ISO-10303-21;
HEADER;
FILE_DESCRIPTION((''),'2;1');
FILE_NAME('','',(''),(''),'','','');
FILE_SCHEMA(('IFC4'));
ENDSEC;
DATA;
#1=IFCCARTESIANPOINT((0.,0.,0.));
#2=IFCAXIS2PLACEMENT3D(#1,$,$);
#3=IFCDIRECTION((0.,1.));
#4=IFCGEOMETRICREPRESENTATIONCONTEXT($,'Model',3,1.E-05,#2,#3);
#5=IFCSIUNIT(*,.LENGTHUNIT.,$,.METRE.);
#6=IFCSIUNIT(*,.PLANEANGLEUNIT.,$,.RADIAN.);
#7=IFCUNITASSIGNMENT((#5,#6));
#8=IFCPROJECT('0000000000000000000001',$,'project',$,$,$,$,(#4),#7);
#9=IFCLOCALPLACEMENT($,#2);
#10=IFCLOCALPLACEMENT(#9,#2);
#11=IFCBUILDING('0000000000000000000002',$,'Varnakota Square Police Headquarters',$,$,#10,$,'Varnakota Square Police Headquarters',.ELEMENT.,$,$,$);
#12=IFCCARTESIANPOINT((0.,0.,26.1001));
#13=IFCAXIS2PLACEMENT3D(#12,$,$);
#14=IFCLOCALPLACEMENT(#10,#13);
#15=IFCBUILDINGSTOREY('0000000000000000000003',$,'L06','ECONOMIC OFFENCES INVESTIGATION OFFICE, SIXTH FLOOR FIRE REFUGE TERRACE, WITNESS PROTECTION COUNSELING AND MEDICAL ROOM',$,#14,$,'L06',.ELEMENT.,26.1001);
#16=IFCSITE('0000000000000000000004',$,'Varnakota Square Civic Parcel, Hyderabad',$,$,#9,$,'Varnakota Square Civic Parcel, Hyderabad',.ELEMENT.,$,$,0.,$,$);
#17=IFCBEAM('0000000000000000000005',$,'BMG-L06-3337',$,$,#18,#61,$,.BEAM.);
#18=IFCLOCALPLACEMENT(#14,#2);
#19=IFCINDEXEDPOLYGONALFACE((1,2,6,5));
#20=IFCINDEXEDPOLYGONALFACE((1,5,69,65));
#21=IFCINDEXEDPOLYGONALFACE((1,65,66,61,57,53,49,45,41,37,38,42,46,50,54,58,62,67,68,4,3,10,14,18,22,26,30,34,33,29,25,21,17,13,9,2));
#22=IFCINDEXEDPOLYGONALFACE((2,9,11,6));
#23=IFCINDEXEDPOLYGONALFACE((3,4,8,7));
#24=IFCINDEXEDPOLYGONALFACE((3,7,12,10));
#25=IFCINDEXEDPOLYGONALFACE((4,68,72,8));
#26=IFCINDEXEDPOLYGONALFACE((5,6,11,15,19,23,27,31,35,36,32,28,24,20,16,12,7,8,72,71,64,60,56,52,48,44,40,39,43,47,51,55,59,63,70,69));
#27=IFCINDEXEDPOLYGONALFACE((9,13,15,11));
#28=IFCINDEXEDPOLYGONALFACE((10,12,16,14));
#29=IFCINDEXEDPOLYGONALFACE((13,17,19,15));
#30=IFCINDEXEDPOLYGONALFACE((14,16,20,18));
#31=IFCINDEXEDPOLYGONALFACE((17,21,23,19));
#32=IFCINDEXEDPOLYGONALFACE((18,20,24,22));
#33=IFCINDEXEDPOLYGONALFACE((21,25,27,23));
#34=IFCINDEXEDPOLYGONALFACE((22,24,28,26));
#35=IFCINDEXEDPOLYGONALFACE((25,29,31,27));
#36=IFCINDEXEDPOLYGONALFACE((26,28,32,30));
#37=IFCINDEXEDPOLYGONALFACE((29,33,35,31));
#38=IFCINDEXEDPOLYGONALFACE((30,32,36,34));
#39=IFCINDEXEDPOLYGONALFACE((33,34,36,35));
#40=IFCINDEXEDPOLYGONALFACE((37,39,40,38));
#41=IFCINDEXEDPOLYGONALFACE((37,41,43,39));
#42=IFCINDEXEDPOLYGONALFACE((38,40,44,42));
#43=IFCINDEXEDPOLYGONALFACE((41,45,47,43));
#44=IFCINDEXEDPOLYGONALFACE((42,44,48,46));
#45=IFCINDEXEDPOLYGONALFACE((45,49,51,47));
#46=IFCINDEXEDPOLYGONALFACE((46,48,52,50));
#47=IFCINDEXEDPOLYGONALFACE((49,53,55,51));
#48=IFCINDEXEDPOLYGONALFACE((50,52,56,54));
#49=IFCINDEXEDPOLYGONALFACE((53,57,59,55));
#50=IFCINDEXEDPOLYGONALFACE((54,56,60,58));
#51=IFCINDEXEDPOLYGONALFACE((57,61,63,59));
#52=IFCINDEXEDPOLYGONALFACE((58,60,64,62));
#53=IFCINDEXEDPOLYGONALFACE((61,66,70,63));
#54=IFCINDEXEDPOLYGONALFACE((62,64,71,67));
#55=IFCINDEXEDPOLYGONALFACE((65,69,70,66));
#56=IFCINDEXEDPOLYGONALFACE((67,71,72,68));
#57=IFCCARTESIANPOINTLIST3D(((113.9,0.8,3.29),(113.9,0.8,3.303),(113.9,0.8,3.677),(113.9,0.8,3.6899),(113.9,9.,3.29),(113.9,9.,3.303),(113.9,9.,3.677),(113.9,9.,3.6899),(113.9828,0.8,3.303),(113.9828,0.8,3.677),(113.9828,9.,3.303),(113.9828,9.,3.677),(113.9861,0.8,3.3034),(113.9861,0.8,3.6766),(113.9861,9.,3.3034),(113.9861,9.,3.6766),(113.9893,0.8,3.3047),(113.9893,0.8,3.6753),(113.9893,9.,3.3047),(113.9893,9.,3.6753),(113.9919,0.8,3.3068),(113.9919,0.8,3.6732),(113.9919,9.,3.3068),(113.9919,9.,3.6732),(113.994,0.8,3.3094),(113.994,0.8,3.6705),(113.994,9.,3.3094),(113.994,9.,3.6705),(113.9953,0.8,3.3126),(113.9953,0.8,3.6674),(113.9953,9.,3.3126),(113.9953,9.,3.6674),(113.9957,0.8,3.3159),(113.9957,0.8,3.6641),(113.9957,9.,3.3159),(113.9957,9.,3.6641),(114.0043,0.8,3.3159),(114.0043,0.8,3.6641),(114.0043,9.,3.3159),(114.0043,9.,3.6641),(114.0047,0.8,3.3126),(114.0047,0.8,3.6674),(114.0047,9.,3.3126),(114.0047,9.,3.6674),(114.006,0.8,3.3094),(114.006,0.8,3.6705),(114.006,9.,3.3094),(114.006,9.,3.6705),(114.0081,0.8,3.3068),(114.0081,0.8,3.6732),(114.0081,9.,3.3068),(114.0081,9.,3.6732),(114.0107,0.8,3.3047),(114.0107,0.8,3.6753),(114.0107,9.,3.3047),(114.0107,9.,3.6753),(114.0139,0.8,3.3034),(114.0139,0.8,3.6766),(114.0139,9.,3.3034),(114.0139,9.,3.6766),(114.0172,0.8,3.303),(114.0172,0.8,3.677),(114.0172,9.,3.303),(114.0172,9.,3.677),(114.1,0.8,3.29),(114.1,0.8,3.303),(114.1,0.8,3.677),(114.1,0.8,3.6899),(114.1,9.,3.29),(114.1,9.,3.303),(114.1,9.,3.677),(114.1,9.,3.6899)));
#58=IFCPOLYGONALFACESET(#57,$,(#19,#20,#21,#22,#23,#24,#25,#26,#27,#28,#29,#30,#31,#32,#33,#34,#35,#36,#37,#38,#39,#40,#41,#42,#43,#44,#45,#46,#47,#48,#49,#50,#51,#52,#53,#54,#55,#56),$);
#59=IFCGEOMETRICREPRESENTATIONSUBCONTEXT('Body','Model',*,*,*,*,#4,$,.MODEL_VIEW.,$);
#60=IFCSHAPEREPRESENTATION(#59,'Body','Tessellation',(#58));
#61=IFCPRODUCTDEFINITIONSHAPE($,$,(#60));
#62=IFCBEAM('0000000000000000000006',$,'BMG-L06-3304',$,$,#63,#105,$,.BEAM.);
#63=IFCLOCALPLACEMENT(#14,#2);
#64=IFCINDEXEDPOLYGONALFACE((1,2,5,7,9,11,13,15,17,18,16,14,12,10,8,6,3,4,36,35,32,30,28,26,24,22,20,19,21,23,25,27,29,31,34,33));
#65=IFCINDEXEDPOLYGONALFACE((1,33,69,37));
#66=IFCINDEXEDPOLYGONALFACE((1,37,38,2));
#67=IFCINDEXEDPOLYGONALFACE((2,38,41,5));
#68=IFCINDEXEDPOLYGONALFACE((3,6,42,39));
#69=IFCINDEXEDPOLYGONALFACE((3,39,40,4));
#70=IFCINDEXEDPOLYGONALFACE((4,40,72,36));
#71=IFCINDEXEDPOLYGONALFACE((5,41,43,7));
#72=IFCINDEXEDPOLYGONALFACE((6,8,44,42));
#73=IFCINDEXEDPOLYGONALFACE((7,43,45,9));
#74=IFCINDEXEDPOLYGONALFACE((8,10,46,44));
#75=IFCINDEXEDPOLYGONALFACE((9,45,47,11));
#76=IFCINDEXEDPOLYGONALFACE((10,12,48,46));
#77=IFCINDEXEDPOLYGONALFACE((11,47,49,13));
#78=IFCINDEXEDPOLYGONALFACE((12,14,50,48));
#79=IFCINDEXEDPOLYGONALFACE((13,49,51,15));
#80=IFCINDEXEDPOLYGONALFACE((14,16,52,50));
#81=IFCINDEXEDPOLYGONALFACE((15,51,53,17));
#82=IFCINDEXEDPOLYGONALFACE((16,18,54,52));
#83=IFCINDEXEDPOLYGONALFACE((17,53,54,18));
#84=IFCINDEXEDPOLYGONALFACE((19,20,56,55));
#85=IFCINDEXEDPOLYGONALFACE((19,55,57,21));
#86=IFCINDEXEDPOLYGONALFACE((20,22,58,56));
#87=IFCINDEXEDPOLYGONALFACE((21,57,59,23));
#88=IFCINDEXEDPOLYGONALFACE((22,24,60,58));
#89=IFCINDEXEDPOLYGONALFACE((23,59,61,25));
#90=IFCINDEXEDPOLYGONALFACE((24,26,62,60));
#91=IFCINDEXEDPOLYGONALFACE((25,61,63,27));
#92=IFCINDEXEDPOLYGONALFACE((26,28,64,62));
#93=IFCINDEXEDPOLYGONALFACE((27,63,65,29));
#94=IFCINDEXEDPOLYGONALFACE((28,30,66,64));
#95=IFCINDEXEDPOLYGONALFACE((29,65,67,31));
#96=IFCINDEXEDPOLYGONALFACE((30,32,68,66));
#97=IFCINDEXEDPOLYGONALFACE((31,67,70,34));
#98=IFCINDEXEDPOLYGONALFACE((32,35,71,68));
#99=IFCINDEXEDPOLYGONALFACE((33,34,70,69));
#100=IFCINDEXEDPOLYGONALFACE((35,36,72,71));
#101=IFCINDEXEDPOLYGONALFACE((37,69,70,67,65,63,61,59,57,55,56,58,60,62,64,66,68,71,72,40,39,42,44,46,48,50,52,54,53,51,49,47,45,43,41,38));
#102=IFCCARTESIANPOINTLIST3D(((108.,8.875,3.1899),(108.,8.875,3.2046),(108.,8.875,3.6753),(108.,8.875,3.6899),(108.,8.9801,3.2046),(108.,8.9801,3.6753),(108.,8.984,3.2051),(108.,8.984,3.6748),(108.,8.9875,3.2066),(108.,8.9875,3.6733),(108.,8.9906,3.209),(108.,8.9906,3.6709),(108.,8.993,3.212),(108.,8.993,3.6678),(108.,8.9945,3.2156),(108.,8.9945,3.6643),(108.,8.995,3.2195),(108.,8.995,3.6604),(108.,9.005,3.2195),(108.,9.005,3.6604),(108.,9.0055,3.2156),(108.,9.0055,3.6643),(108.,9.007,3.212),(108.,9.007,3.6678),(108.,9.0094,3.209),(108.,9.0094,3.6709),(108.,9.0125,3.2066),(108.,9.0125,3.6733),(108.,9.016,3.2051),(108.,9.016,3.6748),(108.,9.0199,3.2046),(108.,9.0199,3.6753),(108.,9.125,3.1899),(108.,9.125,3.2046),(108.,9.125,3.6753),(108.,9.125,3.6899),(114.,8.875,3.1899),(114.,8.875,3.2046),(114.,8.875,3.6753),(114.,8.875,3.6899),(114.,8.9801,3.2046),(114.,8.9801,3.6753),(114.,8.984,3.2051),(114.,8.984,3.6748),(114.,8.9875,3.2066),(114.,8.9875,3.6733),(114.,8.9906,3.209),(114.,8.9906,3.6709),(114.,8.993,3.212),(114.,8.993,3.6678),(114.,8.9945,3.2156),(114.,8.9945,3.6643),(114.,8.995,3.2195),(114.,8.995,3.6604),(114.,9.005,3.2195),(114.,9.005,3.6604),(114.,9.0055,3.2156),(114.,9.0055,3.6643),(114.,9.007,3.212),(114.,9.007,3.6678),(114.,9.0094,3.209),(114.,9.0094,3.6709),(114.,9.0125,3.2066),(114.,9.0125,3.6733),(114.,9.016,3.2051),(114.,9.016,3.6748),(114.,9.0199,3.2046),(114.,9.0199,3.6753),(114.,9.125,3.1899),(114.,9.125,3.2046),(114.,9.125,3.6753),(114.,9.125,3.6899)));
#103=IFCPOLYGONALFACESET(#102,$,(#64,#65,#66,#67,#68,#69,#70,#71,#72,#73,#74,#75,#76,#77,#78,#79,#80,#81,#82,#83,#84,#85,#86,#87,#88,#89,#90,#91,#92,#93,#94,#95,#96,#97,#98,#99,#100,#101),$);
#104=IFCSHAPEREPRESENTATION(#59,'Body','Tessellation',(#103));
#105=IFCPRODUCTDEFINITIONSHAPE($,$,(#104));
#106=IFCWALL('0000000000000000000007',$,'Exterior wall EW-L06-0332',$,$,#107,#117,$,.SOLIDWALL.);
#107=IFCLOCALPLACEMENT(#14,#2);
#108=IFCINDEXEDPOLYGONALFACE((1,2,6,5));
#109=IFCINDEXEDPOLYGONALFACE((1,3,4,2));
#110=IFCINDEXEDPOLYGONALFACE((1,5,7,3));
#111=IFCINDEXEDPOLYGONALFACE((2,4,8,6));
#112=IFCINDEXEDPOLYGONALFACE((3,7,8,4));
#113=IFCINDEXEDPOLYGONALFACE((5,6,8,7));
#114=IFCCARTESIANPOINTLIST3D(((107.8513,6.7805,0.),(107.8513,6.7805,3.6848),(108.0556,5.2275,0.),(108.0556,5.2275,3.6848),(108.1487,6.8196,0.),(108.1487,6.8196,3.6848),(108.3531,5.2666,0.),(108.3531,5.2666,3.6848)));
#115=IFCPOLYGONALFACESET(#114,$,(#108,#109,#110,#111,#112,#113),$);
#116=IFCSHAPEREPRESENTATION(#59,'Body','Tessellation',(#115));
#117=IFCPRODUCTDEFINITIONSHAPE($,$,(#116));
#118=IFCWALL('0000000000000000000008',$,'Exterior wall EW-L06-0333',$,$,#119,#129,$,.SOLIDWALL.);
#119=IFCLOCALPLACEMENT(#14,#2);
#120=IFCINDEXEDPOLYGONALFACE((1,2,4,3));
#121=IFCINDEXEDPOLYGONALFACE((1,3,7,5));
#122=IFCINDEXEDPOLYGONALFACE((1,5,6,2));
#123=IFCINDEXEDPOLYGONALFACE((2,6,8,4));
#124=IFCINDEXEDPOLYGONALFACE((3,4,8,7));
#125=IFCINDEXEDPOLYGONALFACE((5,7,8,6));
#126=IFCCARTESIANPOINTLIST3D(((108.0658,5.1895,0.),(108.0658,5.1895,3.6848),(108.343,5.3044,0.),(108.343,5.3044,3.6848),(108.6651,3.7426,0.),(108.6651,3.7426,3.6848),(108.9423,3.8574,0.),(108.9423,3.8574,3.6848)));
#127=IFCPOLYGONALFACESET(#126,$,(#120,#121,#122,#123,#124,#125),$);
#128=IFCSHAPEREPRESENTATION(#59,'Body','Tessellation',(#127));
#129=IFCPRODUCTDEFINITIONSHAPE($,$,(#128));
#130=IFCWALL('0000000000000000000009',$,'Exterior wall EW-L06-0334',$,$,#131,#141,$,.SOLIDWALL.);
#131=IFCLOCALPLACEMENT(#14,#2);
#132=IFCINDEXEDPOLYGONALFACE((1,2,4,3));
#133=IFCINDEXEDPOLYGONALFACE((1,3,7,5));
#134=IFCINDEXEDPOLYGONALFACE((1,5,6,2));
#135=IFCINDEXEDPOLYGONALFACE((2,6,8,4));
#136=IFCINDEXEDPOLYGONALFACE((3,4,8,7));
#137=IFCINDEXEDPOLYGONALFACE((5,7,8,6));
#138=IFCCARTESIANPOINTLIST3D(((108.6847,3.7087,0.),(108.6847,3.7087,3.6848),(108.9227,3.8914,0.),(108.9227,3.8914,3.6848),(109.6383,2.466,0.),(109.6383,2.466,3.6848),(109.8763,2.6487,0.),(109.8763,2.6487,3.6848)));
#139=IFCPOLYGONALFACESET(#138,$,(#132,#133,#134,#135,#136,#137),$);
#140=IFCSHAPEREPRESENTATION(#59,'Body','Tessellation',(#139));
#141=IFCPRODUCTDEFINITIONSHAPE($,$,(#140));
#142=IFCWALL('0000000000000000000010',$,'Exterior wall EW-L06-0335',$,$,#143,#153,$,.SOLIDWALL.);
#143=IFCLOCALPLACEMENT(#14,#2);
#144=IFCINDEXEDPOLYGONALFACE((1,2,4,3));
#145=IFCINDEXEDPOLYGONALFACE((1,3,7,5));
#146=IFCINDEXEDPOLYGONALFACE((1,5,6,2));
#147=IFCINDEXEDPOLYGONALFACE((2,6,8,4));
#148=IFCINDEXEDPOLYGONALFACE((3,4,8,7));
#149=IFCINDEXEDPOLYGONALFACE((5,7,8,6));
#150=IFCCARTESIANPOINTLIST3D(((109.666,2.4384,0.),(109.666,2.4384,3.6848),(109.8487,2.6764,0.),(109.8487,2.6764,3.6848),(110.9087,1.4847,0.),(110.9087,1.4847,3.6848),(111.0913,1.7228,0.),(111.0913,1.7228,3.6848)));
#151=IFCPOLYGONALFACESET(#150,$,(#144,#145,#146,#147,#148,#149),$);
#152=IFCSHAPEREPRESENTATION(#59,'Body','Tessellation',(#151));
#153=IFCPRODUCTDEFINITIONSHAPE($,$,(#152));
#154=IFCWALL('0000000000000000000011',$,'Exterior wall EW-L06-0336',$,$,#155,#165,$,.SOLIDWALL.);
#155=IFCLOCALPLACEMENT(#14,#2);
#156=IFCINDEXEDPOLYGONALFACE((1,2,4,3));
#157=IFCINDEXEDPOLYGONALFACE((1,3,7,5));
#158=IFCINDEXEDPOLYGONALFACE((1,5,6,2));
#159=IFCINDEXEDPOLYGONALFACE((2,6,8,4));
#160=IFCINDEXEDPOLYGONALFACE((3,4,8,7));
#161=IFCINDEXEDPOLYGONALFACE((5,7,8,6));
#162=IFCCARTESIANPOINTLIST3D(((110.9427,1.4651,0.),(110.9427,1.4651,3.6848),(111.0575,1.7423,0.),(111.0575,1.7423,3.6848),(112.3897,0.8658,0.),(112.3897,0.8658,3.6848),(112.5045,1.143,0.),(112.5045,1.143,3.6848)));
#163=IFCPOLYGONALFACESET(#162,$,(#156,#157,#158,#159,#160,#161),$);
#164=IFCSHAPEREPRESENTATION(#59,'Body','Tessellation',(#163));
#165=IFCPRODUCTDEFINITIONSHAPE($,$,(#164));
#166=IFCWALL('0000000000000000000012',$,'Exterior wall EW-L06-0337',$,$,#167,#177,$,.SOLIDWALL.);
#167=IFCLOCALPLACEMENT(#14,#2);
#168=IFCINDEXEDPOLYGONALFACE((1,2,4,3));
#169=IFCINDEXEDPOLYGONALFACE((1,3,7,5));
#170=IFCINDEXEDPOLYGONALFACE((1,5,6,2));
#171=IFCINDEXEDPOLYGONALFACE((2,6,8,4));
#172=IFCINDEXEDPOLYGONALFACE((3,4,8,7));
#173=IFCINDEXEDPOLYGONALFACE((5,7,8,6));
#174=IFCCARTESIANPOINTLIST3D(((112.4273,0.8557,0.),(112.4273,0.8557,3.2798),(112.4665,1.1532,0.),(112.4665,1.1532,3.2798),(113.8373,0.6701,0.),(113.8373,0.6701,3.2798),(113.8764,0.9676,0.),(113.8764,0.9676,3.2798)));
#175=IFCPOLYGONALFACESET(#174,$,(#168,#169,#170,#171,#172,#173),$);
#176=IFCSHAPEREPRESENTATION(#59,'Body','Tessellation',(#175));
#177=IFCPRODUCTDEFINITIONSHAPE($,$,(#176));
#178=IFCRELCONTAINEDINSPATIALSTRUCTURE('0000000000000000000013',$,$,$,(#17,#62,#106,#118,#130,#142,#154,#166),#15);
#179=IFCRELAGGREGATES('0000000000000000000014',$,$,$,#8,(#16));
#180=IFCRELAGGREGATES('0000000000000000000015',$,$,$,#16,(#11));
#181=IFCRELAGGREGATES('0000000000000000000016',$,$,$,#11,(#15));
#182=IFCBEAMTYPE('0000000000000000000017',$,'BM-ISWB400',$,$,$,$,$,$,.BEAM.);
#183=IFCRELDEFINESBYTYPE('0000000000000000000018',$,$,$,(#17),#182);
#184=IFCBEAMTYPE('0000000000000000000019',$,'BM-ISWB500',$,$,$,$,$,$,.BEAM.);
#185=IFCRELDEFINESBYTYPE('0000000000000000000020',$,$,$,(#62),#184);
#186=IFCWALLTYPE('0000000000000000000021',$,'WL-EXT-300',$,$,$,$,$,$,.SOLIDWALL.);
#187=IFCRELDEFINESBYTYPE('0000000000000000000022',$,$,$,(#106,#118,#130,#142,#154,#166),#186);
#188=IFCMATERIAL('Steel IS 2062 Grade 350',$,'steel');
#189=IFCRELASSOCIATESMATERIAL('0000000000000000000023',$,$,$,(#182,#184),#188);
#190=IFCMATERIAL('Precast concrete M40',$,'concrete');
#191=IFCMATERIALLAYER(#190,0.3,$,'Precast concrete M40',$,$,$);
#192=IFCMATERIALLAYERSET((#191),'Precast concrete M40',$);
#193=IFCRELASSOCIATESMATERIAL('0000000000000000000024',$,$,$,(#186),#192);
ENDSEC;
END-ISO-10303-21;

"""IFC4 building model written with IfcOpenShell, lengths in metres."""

from ifc_helpers import new_model, si_unit, direction, frame, frame_2d, origin, origin_2d, place, context, subcontext, project, spatial, rectangle, i_section, extrude, material, layer, layer_set, material_profile, profile_set, type_object, element, save


model = new_model("IFC4")

# Units and contexts
model_context = context("Model", 3, precision=1e-05, world=origin(), true_north=direction((0.0, 1.0)))
body_context = subcontext(model_context, "Body", "Model", "MODEL_VIEW")
ifc_project = project(units=[si_unit("LENGTHUNIT", "METRE"), si_unit("PLANEANGLEUNIT", "RADIAN")], contexts=[model_context])

# Site, building, storey
site_placement = place(None, origin())
site = spatial("IfcSite", under=ifc_project, at=site_placement, Name="Varnakota Square Civic Parcel, Hyderabad", LongName="Varnakota Square Civic Parcel, Hyderabad", CompositionType="ELEMENT", RefElevation=0.0)
building_placement = place(site_placement, origin())
building = spatial("IfcBuilding", under=site, at=building_placement, Name="Varnakota Square Police Headquarters", LongName="Varnakota Square Police Headquarters", CompositionType="ELEMENT")
storey_placement = place(building_placement, frame((0.0, 0.0, 26.1001)))
storey = spatial("IfcBuildingStorey", under=building, at=storey_placement, Name="L06", Description="ECONOMIC OFFENCES INVESTIGATION OFFICE, SIXTH FLOOR FIRE REFUGE TERRACE, WITNESS PROTECTION COUNSELING AND MEDICAL ROOM", LongName="L06", CompositionType="ELEMENT", Elevation=26.1001)

# Shared definitions
ifc_material_1 = material(Name="Steel IS 2062 Grade 350", Category="steel")

# Beams
ifc_material_profile_1 = material_profile(ifc_material_1, i_section(OverallWidth=0.2, OverallDepth=0.3999, WebThickness=0.0085, FlangeThickness=0.0129, FilletRadius=0.0129, at=origin_2d()), Name="ISWB 400")
ifc_profile_set_1 = profile_set([ifc_material_profile_1], Name="Steel IS 2062 Grade 350")
beam_type_1 = type_object("IfcBeamType", Name="BM-ISWB400", PredefinedType="BEAM", material=ifc_profile_set_1)
beam_1_placement = place(storey_placement, frame((114.0, 0.8, 3.49), z_axis=(0.0, 1.0, 0.0), x_axis=(-1.0, 0.0, 0.0)))
element("IfcBeam", 1, at=beam_1_placement, inside=storey, type_object=beam_type_1, Name="BMG-L06-3337", PredefinedType="BEAM", context=body_context, shape_type="SweptSolid", body=[
    extrude(i_section(OverallWidth=0.2, OverallDepth=0.3999, WebThickness=0.0085, FlangeThickness=0.0129, FilletRadius=0.0129, at=origin_2d()), origin(), (0.0, 0.0, 1.0), 8.2),
])
ifc_material_profile_2 = material_profile(ifc_material_1, i_section(OverallWidth=0.25, OverallDepth=0.5, WebThickness=0.01, FlangeThickness=0.0146, FilletRadius=0.0149, at=origin_2d()), Name="ISWB 500")
ifc_profile_set_2 = profile_set([ifc_material_profile_2], Name="Steel IS 2062 Grade 350")
beam_type_2 = type_object("IfcBeamType", Name="BM-ISWB500", PredefinedType="BEAM", material=ifc_profile_set_2)
beam_2_placement = place(storey_placement, frame((108.0, 9.0, 3.4399), z_axis=(1.0, 0.0, 0.0), x_axis=(0.0, 1.0, 0.0)))
element("IfcBeam", 2, at=beam_2_placement, inside=storey, type_object=beam_type_2, Name="BMG-L06-3304", PredefinedType="BEAM", context=body_context, shape_type="SweptSolid", body=[
    extrude(i_section(OverallWidth=0.25, OverallDepth=0.5, WebThickness=0.01, FlangeThickness=0.0146, FilletRadius=0.0149, at=origin_2d()), origin(), (0.0, 0.0, 1.0), 6.0),
])

# Walls
ifc_material_2 = material(Name="Precast concrete M40", Category="concrete")
ifc_layer_1 = layer(ifc_material_2, 0.3, Name="Precast concrete M40")
ifc_layer_set_1 = layer_set([ifc_layer_1], Name="Precast concrete M40")
wall_type_1 = type_object("IfcWallType", Name="WL-EXT-300", PredefinedType="SOLIDWALL", material=ifc_layer_set_1)
wall_1_placement = place(storey_placement, frame((108.0, 6.8, 0.0), z_axis=(0.0, 0.0, 1.0), x_axis=(0.130459, -0.991454, 0.0)))
element("IfcWall", 3, at=wall_1_placement, inside=storey, type_object=wall_type_1, Name="Exterior wall EW-L06-0332", PredefinedType="SOLIDWALL", context=body_context, shape_type="SweptSolid", body=[
    extrude(rectangle(XDim=1.5664, YDim=0.3, at=frame_2d((0.7832, 0.0))), origin(), (0.0, 0.0, 1.0), 3.6848),
])
wall_2_placement = place(storey_placement, frame((108.2043, 5.2471, 0.0), z_axis=(0.0, 0.0, 1.0), x_axis=(0.382678, -0.923882, 0.0)))
element("IfcWall", 4, at=wall_2_placement, inside=storey, type_object=wall_type_1, Name="Exterior wall EW-L06-0333", PredefinedType="SOLIDWALL", context=body_context, shape_type="SweptSolid", body=[
    extrude(rectangle(XDim=1.5662, YDim=0.3, at=frame_2d((0.7832, 0.0))), origin(), (0.0, 0.0, 1.0), 3.6848),
])
for number, where, z_axis, x_axis, name in (
    (5, (108.8037, 3.8, 0.0), (0.0, 0.0, 1.0), (0.608791, -0.79333, 0.0), "Exterior wall EW-L06-0334"),
    (6, (109.7573, 2.5574, 0.0), (0.0, 0.0, 1.0), (0.79333, -0.608791, 0.0), "Exterior wall EW-L06-0335"),
):
    element("IfcWall", number, at=place(storey_placement, frame(where, z_axis=z_axis, x_axis=x_axis)), inside=storey, type_object=wall_type_1, Name=name, PredefinedType="SOLIDWALL", context=body_context, shape_type="SweptSolid", body=[
        extrude(rectangle(XDim=1.5664, YDim=0.3, at=frame_2d((0.7832, 0.0))), origin(), (0.0, 0.0, 1.0), 3.6848),
    ])
wall_3_placement = place(storey_placement, frame((111.0, 1.6038, 0.0), z_axis=(0.0, 0.0, 1.0), x_axis=(0.923882, -0.382678, 0.0)))
element("IfcWall", 7, at=wall_3_placement, inside=storey, type_object=wall_type_1, Name="Exterior wall EW-L06-0336", PredefinedType="SOLIDWALL", context=body_context, shape_type="SweptSolid", body=[
    extrude(rectangle(XDim=1.5662, YDim=0.3, at=frame_2d((0.7832, 0.0))), origin(), (0.0, 0.0, 1.0), 3.6848),
])
wall_4_placement = place(storey_placement, frame((112.447, 1.0044, 0.0), z_axis=(0.0, 0.0, 1.0), x_axis=(0.991451, -0.130477, 0.0)))
element("IfcWall", 8, at=wall_4_placement, inside=storey, type_object=wall_type_1, Name="Exterior wall EW-L06-0337", PredefinedType="SOLIDWALL", context=body_context, shape_type="SweptSolid", body=[
    extrude(rectangle(XDim=1.4221, YDim=0.3, at=frame_2d((0.7109, 0.0))), origin(), (0.0, 0.0, 1.0), 3.2798),
])

save(model, "model.ifc")
